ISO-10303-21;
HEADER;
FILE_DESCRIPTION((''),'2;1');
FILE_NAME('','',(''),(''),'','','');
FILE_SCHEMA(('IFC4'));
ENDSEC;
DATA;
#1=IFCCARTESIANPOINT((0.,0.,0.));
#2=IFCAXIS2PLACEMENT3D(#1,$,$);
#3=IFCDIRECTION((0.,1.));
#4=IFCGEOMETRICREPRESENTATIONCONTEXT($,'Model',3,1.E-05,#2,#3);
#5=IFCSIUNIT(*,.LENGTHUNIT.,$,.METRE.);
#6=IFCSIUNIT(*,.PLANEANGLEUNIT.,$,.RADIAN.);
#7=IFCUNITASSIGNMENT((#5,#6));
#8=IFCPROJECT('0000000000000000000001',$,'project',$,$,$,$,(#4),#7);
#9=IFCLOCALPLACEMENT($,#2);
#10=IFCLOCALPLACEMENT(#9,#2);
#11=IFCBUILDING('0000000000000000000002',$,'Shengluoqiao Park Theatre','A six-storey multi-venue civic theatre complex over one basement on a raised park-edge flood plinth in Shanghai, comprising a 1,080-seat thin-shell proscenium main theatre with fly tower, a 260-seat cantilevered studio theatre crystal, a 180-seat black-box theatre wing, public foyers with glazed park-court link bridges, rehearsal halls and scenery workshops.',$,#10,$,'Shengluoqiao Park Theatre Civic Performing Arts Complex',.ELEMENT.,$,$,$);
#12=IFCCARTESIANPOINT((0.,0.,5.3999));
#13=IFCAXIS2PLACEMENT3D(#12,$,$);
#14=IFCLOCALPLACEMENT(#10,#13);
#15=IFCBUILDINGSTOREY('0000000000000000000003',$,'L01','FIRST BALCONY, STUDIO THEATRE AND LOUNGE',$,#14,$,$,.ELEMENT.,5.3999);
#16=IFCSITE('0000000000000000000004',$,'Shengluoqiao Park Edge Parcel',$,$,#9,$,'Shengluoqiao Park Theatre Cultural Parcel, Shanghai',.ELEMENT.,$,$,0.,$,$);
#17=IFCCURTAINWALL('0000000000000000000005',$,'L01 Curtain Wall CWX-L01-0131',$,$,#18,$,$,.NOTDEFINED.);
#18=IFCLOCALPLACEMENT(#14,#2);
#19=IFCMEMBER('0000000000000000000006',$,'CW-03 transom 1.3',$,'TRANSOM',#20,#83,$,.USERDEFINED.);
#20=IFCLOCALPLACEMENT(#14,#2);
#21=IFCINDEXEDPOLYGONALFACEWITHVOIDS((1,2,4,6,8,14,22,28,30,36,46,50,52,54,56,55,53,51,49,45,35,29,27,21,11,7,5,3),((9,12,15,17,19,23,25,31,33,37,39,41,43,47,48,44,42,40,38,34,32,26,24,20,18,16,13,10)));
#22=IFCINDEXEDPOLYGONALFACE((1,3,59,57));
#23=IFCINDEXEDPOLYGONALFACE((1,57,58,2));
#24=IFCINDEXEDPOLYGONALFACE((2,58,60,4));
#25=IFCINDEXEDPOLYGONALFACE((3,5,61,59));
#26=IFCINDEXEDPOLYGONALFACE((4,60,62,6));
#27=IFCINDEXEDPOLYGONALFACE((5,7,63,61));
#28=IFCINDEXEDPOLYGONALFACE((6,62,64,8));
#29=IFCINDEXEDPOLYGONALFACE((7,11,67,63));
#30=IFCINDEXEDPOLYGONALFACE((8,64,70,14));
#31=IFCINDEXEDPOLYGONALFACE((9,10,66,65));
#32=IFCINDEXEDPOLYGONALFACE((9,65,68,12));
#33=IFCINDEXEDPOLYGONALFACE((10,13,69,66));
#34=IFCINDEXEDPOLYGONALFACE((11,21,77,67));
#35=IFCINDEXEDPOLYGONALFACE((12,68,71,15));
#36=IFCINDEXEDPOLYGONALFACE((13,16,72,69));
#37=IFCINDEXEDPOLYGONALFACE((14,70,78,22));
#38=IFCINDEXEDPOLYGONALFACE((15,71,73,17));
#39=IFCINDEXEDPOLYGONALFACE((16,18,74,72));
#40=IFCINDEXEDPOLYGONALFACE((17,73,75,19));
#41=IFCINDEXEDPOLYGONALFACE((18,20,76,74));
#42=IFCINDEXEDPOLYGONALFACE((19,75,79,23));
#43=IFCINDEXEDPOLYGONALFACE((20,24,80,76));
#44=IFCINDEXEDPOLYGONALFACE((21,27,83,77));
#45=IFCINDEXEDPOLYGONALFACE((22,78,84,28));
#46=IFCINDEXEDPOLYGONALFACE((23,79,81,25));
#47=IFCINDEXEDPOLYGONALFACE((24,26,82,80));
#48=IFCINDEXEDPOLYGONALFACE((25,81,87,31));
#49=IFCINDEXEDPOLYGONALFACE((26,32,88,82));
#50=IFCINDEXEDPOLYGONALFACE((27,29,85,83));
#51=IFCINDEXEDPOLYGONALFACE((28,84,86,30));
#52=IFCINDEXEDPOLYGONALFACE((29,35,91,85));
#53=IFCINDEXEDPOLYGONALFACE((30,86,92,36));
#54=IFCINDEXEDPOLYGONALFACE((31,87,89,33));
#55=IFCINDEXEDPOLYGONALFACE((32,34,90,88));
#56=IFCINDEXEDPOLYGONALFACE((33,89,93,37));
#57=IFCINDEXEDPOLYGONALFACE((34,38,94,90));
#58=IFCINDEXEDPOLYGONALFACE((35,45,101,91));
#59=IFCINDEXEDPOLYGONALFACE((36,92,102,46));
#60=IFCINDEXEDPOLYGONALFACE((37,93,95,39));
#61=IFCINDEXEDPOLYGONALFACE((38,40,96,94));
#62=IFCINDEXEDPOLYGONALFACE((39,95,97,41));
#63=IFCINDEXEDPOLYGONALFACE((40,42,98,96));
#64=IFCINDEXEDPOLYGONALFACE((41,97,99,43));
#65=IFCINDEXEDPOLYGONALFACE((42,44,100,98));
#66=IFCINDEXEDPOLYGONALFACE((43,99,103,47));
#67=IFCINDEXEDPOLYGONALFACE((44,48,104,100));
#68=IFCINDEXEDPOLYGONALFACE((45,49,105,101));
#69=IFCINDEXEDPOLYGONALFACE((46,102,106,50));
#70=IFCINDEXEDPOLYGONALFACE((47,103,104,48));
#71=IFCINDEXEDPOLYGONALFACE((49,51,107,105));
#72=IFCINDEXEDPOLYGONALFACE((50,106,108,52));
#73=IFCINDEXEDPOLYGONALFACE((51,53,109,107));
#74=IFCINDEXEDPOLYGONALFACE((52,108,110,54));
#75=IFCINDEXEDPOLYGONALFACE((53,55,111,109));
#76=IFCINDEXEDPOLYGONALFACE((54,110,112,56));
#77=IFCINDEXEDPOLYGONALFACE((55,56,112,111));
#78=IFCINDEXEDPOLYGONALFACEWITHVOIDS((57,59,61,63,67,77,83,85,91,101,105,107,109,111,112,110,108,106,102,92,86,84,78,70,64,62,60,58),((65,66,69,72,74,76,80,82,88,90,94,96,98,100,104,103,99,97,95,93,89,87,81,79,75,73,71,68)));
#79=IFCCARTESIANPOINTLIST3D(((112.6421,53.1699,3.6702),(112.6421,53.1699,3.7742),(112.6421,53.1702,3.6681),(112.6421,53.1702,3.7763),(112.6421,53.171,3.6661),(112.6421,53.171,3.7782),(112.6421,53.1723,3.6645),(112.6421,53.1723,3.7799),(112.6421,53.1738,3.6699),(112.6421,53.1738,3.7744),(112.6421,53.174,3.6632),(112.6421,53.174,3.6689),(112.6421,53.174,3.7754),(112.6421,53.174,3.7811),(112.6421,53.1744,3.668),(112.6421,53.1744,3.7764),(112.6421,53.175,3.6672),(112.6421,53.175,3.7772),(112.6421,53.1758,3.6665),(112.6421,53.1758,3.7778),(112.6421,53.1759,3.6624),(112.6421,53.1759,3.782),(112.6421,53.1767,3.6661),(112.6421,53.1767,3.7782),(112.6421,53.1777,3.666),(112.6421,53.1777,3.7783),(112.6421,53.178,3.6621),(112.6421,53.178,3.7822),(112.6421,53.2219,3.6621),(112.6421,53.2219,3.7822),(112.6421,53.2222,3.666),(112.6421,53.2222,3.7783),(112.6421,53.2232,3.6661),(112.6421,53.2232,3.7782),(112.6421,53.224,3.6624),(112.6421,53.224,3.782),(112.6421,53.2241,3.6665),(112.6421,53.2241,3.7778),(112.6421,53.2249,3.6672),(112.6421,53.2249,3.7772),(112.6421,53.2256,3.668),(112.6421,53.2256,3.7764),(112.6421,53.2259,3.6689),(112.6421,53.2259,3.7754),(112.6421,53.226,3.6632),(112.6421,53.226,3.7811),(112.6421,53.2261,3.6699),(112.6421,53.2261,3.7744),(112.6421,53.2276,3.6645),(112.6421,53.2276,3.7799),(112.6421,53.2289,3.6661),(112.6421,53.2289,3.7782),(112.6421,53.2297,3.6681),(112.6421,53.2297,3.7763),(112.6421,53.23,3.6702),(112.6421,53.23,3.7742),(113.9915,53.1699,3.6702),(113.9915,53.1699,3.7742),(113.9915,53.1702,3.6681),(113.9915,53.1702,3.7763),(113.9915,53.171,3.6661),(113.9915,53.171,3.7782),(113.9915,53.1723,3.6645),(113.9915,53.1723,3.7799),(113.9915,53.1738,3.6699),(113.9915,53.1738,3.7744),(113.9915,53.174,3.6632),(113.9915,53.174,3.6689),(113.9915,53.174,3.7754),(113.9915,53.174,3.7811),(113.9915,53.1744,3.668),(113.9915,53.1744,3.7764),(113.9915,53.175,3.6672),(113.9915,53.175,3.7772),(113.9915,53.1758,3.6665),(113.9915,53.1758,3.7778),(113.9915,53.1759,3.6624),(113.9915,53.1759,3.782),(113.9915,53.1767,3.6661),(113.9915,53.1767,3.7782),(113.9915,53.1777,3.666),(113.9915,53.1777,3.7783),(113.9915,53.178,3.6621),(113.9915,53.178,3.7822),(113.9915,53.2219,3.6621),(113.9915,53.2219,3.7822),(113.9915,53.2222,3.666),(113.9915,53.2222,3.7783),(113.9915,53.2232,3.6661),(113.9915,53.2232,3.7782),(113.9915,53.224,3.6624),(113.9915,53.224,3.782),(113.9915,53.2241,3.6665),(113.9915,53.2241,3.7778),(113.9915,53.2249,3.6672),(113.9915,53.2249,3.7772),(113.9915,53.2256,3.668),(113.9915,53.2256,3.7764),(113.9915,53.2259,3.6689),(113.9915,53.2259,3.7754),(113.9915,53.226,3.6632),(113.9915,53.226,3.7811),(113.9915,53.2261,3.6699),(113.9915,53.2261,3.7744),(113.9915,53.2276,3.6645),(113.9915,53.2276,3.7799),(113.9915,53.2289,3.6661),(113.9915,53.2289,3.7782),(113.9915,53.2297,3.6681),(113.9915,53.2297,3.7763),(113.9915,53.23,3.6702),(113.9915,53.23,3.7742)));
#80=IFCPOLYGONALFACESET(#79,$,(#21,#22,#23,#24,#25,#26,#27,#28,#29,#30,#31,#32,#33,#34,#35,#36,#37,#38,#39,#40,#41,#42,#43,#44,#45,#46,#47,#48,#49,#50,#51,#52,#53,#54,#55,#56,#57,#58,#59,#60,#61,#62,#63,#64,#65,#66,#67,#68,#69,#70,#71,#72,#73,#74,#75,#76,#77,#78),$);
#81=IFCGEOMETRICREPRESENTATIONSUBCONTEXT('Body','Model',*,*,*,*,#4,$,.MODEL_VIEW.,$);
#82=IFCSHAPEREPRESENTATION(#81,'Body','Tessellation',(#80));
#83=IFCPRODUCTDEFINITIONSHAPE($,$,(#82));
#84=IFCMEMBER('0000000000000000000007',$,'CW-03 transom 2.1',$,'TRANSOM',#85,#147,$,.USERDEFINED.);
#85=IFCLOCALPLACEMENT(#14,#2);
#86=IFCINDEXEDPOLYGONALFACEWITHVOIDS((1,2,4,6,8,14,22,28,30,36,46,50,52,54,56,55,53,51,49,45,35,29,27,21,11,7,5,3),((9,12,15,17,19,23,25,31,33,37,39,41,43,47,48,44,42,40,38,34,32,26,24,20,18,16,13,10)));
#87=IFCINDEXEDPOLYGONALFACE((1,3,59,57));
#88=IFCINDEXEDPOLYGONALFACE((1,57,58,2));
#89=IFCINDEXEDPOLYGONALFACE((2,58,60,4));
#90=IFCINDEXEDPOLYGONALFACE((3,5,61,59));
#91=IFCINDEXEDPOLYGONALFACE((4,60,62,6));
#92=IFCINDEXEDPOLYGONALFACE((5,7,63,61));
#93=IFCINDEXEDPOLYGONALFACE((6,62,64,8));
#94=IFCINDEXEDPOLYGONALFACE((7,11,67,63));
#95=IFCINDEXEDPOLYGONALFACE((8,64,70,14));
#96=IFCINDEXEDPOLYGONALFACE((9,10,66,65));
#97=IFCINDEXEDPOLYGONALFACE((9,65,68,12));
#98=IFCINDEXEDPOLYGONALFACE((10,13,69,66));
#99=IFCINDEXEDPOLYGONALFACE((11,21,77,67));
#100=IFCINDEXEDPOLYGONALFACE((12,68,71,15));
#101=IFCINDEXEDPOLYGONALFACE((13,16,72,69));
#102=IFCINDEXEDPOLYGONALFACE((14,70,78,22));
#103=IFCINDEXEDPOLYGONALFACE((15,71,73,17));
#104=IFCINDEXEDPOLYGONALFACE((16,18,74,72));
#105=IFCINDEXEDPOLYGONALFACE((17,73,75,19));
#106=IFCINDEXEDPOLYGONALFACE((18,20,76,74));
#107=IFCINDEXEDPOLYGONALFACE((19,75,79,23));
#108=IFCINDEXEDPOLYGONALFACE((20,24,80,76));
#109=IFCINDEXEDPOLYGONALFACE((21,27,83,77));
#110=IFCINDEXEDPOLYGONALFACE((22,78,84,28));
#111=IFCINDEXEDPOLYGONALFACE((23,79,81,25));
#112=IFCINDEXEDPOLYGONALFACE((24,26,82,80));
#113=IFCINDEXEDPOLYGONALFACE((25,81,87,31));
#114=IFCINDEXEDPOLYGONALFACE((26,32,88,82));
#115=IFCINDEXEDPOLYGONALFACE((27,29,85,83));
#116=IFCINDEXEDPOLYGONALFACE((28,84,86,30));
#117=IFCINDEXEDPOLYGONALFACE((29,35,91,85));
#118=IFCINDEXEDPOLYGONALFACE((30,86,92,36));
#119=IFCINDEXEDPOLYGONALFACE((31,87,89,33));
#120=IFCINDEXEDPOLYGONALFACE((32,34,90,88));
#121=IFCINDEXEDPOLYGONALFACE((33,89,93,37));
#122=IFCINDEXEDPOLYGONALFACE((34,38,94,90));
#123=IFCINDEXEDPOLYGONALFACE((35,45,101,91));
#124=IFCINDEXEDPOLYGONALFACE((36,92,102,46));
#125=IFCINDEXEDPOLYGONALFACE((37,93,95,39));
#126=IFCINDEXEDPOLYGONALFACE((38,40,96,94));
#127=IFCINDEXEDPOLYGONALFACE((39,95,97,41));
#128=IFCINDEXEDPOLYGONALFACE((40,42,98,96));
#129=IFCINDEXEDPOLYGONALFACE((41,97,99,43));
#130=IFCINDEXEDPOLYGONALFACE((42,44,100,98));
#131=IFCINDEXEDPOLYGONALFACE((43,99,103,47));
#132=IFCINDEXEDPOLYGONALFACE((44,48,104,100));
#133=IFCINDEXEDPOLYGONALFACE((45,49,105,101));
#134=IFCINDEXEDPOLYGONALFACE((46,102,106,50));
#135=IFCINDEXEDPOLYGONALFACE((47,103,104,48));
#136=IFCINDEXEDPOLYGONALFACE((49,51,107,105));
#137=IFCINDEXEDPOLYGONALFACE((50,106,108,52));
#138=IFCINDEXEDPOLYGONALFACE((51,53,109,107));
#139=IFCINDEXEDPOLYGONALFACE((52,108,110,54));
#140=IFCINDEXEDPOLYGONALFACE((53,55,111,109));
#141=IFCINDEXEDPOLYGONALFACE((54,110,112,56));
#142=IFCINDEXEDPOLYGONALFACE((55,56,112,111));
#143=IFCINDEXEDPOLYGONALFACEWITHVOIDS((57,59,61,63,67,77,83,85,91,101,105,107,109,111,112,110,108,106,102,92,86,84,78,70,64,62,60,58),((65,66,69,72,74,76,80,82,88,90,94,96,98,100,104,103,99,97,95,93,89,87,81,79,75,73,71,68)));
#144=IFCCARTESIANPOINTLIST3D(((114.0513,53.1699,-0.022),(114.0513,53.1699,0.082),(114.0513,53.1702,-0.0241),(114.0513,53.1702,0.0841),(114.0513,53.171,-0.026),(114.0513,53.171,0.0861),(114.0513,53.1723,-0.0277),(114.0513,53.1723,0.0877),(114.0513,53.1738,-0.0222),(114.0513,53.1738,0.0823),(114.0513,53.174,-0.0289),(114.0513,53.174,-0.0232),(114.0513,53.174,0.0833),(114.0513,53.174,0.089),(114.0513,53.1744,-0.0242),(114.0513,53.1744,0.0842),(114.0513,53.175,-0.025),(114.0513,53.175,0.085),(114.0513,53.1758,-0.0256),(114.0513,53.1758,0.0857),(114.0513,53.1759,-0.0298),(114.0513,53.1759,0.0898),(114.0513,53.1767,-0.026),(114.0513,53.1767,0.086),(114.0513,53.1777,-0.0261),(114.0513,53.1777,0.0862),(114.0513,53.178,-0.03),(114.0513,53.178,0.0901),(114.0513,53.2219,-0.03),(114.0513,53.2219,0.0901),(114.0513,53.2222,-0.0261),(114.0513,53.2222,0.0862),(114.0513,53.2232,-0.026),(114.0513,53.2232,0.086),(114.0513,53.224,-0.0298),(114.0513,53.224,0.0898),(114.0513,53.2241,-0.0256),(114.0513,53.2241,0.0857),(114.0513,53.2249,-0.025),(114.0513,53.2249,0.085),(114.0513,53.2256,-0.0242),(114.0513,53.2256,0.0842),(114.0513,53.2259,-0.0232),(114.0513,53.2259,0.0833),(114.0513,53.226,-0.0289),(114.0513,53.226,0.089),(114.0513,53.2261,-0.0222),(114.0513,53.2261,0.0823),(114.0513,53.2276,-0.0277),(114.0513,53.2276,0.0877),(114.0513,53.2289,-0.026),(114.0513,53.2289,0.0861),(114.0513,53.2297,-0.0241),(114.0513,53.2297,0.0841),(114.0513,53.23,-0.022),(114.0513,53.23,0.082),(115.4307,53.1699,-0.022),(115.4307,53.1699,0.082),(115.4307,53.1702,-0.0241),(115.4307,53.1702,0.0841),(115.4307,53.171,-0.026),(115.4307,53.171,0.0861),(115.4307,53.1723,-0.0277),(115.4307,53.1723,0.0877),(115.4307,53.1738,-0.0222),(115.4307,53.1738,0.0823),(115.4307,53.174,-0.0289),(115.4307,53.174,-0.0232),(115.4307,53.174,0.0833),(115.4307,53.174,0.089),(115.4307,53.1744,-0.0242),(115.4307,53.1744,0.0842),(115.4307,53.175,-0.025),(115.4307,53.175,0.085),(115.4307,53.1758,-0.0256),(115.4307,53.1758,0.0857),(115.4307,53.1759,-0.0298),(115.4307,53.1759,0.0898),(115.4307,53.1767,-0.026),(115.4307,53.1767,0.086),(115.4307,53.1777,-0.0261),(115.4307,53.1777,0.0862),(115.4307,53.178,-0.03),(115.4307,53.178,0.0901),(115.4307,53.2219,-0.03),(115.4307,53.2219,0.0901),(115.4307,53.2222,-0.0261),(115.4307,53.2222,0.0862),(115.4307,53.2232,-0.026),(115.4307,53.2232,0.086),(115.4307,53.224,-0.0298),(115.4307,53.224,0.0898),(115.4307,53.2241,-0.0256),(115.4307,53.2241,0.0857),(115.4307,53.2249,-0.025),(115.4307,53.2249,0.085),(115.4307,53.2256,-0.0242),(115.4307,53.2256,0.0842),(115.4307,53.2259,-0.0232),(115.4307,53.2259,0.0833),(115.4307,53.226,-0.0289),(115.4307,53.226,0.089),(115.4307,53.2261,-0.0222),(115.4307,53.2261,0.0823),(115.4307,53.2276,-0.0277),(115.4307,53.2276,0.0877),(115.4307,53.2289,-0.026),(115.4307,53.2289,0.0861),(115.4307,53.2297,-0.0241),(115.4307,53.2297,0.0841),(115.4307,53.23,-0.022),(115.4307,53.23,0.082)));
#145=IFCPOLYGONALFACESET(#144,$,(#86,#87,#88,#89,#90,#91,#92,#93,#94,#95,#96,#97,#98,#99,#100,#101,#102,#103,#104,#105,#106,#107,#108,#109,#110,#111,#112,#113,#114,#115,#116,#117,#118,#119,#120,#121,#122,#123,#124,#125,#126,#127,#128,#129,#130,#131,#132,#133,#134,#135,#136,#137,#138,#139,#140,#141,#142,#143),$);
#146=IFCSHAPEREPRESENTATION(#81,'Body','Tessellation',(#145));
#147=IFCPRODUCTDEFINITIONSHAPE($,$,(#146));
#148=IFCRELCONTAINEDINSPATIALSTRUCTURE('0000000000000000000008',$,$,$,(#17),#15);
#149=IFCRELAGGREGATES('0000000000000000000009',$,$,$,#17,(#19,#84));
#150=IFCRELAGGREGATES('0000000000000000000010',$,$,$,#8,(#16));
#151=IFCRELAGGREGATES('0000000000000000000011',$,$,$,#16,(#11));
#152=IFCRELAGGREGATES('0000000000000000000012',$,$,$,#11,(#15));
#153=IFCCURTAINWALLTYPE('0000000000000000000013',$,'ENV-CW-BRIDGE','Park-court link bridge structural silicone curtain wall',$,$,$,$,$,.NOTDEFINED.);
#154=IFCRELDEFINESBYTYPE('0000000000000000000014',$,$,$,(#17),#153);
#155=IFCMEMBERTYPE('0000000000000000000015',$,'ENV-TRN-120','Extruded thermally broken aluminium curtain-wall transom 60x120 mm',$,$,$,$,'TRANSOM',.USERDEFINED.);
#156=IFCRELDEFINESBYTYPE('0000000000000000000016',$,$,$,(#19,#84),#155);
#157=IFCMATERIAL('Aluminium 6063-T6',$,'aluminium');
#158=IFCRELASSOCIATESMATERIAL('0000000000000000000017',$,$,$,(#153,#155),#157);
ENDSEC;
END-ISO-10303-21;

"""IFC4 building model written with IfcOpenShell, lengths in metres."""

from ifc_helpers import new_model, si_unit, direction, frame, origin, origin_2d, place, context, subcontext, project, spatial, hollow_rectangle, extrude, material, material_profile, profile_set, type_object, element, aggregate, save


model = new_model("IFC4")

# Units and contexts
model_context = context("Model", 3, precision=1e-05, world=origin(), true_north=direction((0.0, 1.0)))
body_context = subcontext(model_context, "Body", "Model", "MODEL_VIEW")
ifc_project = project(units=[si_unit("LENGTHUNIT", "METRE"), si_unit("PLANEANGLEUNIT", "RADIAN")], contexts=[model_context])

# Site, building, storey
site_placement = place(None, origin())
site = spatial("IfcSite", under=ifc_project, at=site_placement, Name="Shengluoqiao Park Edge Parcel", LongName="Shengluoqiao Park Theatre Cultural Parcel, Shanghai", CompositionType="ELEMENT", RefElevation=0.0)
building_placement = place(site_placement, origin())
building = spatial("IfcBuilding", under=site, at=building_placement, Name="Shengluoqiao Park Theatre", Description="A six-storey multi-venue civic theatre complex over one basement on a raised park-edge flood plinth in Shanghai, comprising a 1,080-seat thin-shell proscenium main theatre with fly tower, a 260-seat cantilevered studio theatre crystal, a 180-seat black-box theatre wing, public foyers with glazed park-court link bridges, rehearsal halls and scenery workshops.", LongName="Shengluoqiao Park Theatre Civic Performing Arts Complex", CompositionType="ELEMENT")
storey_placement = place(building_placement, frame((0.0, 0.0, 5.3999)))
storey = spatial("IfcBuildingStorey", under=building, at=storey_placement, Name="L01", Description="FIRST BALCONY, STUDIO THEATRE AND LOUNGE", CompositionType="ELEMENT", Elevation=5.3999)

# Curtain wall
ifc_material_1 = material(Name="Aluminium 6063-T6", Category="aluminium")
curtain_wall_type = type_object("IfcCurtainWallType", Name="ENV-CW-BRIDGE", Description="Park-court link bridge structural silicone curtain wall", PredefinedType="NOTDEFINED", material=ifc_material_1)
curtain_wall_1_placement = place(storey_placement, origin())
curtain_wall_1 = element("IfcCurtainWall", 1, at=curtain_wall_1_placement, inside=storey, type_object=curtain_wall_type, Name="L01 Curtain Wall CWX-L01-0131", PredefinedType="NOTDEFINED")

# Members
ifc_material_profile_1 = material_profile(ifc_material_1, hollow_rectangle(XDim=0.0601, YDim=0.1201, WallThickness=0.0039, InnerFilletRadius=0.0039, OuterFilletRadius=0.0081, at=origin_2d()), Name="ALU TRANSOM 120x60x4")
ifc_profile_set_1 = profile_set([ifc_material_profile_1], Name="Aluminium 6063-T6")
member_type_1 = type_object("IfcMemberType", Name="ENV-TRN-120", Description="Extruded thermally broken aluminium curtain-wall transom 60x120 mm", ElementType="TRANSOM", PredefinedType="USERDEFINED", material=ifc_profile_set_1)
member_1_placement = place(storey_placement, frame((112.6421, 53.2, 3.7222), z_axis=(1.0, 0.0, 0.0), x_axis=(0.0, 1.0, 0.0)))
member_1 = element("IfcMember", 2, at=member_1_placement, type_object=member_type_1, Name="CW-03 transom 1.3", ObjectType="TRANSOM", PredefinedType="USERDEFINED", context=body_context, shape_type="SweptSolid", body=[
    extrude(hollow_rectangle(XDim=0.0601, YDim=0.1201, WallThickness=0.0039, InnerFilletRadius=0.0039, OuterFilletRadius=0.0081, at=origin_2d()), origin(), (0.0, 0.0, 1.0), 1.3494),
])
member_2_placement = place(storey_placement, frame((114.0513, 53.2, 0.03), z_axis=(1.0, 0.0, 0.0), x_axis=(0.0, 1.0, 0.0)))
member_2 = element("IfcMember", 3, at=member_2_placement, type_object=member_type_1, Name="CW-03 transom 2.1", ObjectType="TRANSOM", PredefinedType="USERDEFINED", context=body_context, shape_type="SweptSolid", body=[
    extrude(hollow_rectangle(XDim=0.0601, YDim=0.1201, WallThickness=0.0039, InnerFilletRadius=0.0039, OuterFilletRadius=0.0081, at=origin_2d()), origin(), (0.0, 0.0, 1.0), 1.3794),
])

aggregate(curtain_wall_1, [member_1, member_2])

save(model, "model.ifc")
